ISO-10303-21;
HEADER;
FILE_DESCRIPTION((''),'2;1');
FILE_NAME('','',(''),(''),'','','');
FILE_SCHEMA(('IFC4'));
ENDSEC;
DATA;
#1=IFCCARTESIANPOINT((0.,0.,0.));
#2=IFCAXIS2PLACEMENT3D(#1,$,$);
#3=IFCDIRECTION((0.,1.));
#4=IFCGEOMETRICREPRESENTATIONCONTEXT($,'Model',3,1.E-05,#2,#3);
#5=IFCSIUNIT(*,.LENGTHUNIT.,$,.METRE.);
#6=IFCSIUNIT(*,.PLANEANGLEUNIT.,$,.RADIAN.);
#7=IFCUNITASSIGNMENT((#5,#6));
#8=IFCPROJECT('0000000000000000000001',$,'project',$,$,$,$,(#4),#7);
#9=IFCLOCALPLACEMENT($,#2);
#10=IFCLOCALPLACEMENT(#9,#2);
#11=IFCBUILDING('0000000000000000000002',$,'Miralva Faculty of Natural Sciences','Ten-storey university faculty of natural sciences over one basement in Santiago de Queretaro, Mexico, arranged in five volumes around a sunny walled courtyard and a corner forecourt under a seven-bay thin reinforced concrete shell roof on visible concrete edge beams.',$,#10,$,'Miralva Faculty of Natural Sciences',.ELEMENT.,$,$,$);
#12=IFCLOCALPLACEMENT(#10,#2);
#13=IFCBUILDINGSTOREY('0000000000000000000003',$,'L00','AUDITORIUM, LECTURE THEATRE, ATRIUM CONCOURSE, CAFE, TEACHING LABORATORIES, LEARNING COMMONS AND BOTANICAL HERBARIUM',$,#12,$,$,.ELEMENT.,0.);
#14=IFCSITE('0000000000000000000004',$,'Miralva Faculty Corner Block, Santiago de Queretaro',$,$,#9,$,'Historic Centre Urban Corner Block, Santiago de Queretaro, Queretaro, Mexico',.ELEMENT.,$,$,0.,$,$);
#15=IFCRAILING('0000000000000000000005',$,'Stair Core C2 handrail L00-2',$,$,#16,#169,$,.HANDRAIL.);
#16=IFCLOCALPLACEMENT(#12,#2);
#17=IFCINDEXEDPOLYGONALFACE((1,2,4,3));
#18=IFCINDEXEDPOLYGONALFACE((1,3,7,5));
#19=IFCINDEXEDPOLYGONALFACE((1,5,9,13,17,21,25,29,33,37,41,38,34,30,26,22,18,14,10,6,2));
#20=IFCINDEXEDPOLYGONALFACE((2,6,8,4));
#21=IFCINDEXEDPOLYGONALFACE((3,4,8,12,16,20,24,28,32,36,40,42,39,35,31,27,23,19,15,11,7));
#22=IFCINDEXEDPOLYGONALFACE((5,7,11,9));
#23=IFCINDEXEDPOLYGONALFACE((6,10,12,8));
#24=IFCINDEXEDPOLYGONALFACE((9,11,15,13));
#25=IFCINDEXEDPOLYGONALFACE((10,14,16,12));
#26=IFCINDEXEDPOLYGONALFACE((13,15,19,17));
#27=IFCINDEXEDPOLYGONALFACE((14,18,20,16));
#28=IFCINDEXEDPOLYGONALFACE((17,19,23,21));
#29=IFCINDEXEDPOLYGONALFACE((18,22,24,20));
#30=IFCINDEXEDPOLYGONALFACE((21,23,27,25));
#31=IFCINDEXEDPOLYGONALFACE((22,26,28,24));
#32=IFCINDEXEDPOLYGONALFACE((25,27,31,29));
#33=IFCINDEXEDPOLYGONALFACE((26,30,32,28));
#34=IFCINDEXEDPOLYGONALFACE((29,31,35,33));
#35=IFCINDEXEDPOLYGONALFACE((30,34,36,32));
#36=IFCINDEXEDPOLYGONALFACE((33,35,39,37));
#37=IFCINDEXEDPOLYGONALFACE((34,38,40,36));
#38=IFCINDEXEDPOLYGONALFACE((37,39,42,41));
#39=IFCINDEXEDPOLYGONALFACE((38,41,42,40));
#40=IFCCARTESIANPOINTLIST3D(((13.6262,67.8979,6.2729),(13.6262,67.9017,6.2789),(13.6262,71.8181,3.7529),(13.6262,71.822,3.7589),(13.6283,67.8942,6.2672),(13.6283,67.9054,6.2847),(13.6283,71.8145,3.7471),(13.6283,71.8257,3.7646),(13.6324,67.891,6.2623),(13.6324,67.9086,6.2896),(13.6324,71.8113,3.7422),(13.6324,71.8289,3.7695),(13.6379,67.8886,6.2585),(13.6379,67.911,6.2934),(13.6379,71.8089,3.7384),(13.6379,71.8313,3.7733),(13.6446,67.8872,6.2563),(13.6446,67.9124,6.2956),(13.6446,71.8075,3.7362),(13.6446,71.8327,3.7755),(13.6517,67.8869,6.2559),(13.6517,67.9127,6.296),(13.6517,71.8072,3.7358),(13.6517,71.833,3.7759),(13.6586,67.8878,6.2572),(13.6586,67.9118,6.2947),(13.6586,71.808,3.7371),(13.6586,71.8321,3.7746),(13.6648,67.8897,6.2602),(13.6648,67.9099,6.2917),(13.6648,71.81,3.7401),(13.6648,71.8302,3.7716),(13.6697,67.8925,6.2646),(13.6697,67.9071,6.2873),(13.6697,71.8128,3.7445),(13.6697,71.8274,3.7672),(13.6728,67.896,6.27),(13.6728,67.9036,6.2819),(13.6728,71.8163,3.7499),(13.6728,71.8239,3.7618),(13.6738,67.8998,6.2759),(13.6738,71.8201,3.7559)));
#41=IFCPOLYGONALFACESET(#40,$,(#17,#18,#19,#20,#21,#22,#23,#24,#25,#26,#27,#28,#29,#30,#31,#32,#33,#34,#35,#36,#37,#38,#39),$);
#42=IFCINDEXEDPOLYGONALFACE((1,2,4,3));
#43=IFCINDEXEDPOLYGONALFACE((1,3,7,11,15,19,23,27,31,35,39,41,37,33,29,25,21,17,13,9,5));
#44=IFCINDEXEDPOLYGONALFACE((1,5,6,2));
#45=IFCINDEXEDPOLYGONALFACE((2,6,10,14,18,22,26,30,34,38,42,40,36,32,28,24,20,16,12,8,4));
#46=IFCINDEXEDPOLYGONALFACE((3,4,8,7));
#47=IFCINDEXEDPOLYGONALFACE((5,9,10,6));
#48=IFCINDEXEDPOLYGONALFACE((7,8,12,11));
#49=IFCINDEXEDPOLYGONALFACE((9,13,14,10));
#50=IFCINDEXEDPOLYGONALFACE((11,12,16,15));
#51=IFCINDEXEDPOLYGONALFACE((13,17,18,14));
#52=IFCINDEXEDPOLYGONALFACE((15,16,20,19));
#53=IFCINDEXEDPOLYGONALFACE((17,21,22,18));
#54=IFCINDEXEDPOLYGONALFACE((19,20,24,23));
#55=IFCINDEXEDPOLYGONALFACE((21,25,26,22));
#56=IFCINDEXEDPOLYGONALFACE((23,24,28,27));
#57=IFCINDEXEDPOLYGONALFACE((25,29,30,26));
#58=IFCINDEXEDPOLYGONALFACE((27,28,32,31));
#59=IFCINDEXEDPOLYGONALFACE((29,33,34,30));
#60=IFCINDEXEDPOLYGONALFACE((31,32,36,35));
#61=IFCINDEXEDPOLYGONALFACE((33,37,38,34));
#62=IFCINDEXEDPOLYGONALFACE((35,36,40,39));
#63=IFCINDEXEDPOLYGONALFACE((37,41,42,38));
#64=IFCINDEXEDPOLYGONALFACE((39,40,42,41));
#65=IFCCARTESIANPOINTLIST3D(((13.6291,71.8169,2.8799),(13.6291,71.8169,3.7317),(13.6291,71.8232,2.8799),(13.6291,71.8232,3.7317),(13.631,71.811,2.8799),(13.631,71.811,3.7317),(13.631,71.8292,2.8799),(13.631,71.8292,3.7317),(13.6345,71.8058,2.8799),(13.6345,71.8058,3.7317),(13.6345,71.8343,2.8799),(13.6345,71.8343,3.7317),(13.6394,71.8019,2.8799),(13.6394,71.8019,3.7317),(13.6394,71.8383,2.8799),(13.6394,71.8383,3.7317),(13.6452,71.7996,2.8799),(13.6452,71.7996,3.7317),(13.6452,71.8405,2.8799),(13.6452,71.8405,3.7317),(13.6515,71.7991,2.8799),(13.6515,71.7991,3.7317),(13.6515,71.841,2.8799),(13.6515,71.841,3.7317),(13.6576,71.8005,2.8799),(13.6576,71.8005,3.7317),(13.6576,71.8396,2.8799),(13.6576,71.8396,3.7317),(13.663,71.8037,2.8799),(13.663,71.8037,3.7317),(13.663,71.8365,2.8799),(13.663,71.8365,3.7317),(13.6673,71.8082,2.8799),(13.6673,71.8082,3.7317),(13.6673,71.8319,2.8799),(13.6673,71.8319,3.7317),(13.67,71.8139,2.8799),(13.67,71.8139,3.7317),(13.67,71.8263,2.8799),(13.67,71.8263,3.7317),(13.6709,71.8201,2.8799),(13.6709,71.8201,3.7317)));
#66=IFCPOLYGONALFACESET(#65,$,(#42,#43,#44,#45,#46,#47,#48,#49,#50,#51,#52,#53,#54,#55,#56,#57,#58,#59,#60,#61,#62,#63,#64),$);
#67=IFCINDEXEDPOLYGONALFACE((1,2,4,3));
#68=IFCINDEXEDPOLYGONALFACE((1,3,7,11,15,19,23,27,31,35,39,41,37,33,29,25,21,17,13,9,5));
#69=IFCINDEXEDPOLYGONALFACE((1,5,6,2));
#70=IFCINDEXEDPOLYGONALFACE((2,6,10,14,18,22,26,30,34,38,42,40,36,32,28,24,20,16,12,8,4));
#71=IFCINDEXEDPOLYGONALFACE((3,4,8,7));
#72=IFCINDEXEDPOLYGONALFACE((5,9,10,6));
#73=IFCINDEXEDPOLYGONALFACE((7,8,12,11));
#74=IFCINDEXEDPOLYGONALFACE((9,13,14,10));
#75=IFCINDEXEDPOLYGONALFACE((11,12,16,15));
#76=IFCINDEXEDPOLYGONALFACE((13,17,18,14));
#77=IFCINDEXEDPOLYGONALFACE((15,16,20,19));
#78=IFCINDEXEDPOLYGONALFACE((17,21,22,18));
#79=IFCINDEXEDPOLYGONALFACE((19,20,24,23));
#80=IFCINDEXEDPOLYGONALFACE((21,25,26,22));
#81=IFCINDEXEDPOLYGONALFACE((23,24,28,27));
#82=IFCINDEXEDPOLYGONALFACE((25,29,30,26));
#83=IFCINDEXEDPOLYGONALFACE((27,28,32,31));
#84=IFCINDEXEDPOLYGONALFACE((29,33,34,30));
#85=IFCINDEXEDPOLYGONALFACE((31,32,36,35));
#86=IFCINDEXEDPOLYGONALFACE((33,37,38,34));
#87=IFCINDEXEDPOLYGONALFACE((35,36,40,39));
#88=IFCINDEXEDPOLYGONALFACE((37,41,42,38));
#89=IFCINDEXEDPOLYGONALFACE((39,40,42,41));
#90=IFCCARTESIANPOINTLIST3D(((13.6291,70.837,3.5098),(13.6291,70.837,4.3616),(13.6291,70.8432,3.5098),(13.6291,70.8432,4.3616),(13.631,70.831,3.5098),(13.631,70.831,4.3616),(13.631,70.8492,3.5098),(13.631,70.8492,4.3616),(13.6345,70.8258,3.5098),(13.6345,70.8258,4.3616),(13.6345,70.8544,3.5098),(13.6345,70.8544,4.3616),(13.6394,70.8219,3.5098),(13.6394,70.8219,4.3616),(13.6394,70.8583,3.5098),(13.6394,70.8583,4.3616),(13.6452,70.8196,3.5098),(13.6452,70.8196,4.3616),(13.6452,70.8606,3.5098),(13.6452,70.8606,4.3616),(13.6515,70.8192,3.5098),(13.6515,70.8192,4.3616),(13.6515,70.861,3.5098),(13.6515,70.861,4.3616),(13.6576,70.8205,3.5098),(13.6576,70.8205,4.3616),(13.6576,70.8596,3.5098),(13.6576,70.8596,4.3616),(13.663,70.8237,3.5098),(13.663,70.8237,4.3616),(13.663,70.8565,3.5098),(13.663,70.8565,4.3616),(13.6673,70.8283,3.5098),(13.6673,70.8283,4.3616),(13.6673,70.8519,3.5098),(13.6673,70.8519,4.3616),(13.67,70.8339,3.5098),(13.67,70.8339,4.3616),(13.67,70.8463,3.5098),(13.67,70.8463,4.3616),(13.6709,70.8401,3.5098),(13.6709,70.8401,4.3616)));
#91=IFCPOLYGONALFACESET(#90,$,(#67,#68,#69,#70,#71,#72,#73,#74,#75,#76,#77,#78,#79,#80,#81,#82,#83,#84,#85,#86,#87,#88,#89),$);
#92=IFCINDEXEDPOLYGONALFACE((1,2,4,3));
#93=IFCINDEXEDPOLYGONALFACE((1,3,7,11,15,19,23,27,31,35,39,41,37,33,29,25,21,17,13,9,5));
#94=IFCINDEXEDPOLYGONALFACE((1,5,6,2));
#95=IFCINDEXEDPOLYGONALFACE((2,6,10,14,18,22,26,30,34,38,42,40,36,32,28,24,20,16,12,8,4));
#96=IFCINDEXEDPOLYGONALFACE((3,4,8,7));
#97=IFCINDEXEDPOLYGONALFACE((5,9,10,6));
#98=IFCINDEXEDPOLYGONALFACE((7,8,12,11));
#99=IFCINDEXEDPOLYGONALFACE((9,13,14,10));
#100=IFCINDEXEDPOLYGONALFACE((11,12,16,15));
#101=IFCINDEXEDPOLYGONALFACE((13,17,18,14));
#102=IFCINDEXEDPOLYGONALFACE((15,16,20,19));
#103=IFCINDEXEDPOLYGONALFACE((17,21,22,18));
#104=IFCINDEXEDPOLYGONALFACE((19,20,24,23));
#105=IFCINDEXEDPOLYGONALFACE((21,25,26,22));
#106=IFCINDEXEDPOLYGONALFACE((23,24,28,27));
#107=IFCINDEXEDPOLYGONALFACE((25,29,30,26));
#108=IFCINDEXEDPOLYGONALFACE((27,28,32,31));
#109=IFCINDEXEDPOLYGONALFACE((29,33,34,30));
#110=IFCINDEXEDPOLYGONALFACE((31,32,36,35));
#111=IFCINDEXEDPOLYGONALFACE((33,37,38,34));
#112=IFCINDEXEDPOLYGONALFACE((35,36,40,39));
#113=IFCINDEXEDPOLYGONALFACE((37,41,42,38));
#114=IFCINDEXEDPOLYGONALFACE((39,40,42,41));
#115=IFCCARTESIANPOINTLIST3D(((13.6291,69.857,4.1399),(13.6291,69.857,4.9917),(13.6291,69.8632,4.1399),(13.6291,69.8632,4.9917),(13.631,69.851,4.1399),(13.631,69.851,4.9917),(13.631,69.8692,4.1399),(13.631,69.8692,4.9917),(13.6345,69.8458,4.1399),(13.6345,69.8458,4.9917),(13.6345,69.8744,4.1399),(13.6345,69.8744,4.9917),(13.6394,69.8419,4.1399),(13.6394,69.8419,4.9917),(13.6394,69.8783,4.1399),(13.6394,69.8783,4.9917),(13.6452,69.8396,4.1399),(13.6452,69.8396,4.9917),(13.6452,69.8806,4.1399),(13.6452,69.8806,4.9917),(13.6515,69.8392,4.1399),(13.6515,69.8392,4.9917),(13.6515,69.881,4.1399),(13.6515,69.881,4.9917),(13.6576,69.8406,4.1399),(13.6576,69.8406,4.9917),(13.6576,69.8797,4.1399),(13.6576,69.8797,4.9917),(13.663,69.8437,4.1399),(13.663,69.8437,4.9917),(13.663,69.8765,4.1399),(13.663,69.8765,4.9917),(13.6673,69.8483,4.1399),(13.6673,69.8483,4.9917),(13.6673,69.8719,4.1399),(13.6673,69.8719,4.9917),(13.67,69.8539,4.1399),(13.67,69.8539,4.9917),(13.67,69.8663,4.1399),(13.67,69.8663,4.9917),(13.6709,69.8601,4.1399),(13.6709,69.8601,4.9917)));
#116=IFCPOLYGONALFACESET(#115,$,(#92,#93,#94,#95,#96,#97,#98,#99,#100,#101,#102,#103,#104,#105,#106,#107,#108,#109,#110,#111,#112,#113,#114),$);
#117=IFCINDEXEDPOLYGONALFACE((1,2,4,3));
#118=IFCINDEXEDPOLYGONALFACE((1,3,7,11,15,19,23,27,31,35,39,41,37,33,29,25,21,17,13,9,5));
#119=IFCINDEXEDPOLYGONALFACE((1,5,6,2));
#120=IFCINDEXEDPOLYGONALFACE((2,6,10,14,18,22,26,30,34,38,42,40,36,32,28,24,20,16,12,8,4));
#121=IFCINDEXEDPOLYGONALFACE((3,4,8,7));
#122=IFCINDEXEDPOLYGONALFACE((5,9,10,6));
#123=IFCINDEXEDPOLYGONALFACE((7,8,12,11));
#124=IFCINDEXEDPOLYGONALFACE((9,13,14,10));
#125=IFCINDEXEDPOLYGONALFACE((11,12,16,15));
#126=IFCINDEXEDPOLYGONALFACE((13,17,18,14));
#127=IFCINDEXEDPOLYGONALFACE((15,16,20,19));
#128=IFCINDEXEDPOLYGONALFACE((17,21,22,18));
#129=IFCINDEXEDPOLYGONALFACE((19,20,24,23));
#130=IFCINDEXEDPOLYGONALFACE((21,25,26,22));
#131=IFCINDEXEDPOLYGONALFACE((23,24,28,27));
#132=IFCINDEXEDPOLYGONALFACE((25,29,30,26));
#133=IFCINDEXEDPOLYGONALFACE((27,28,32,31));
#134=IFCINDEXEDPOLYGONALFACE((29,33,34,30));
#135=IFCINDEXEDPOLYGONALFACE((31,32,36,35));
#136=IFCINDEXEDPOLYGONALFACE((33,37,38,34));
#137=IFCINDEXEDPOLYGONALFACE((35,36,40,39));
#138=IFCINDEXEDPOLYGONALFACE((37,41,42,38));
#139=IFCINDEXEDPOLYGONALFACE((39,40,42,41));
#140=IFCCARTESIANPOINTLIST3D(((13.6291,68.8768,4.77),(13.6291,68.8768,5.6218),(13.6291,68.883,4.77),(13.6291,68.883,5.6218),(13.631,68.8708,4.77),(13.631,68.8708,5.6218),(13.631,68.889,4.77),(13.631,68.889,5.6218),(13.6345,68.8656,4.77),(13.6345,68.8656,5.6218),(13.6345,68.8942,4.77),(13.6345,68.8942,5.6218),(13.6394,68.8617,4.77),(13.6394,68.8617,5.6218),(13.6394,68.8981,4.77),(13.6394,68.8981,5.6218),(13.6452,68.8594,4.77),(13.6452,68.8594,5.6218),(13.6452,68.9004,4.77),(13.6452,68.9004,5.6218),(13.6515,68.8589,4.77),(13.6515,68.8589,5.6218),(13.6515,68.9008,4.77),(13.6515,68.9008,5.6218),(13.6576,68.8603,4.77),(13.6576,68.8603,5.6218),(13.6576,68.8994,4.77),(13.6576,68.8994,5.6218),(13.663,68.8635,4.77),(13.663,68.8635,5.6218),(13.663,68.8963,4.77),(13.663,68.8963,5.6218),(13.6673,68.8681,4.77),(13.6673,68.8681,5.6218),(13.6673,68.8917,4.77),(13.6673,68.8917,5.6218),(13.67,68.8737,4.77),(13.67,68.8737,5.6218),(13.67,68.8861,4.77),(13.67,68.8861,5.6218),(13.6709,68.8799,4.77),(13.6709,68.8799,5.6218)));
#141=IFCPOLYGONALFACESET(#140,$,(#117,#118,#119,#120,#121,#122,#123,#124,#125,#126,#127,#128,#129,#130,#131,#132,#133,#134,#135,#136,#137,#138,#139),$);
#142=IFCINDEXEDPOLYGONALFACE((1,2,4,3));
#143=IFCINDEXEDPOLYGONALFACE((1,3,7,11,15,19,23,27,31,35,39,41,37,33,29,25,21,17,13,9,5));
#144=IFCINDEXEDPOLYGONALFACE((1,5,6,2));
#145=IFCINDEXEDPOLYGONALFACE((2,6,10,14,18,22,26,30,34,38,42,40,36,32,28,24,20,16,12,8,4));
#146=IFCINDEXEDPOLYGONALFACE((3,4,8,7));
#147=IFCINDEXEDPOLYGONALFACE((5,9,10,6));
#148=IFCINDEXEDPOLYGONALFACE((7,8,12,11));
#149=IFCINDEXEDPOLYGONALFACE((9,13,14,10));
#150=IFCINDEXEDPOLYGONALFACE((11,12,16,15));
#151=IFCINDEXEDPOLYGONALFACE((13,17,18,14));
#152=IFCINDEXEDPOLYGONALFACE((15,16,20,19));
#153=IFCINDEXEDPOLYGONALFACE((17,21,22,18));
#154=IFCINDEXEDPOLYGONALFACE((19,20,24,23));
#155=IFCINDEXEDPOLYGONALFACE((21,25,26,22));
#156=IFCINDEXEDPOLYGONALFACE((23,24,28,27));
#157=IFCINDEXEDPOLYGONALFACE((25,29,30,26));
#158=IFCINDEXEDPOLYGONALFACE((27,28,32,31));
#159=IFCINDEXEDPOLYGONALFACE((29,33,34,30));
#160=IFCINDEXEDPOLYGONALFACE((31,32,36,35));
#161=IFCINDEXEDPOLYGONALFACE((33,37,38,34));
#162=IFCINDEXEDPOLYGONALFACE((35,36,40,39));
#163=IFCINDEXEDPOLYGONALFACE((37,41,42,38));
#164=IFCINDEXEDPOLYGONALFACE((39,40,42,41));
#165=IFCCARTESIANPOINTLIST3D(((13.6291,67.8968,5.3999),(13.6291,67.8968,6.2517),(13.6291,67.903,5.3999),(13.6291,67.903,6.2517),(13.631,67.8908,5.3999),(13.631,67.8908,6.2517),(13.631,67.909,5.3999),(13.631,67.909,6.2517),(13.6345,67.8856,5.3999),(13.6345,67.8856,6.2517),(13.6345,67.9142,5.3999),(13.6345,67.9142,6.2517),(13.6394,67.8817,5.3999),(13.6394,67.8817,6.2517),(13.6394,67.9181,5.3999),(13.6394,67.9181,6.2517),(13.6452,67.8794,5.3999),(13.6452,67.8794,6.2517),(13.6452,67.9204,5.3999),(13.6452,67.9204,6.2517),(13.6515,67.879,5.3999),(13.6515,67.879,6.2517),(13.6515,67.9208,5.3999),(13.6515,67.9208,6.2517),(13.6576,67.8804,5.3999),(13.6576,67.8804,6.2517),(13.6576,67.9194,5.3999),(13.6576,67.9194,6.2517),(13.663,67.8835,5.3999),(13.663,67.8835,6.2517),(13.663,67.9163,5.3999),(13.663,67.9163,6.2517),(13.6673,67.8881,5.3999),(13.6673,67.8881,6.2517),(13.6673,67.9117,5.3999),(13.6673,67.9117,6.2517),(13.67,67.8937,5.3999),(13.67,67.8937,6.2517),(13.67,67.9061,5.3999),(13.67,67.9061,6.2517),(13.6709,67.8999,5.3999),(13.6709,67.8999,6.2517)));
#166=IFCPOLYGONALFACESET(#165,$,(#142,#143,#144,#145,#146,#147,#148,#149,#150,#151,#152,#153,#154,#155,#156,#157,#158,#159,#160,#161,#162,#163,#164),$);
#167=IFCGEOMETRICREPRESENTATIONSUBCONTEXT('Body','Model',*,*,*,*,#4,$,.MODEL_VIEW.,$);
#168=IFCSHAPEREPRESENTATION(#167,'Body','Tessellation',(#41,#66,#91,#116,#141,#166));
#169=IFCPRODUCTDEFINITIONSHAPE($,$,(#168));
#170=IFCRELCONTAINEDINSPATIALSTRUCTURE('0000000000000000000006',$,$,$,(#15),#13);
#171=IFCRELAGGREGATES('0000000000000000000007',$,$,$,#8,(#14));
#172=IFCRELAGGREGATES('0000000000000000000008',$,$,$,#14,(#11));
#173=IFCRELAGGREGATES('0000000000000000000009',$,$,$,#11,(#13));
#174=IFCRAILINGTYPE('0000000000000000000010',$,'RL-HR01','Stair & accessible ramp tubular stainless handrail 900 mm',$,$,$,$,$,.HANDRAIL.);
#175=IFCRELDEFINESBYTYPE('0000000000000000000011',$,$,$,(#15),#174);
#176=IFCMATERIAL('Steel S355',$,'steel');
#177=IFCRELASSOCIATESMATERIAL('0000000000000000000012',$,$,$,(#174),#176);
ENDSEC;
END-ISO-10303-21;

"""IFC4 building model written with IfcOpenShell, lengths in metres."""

from ifc_helpers import new_model, si_unit, direction, frame, origin, origin_2d, place, context, subcontext, project, spatial, circle, extrude, material, type_object, element, save


model = new_model("IFC4")

# Units and contexts
model_context = context("Model", 3, precision=1e-05, world=origin(), true_north=direction((0.0, 1.0)))
body_context = subcontext(model_context, "Body", "Model", "MODEL_VIEW")
ifc_project = project(units=[si_unit("LENGTHUNIT", "METRE"), si_unit("PLANEANGLEUNIT", "RADIAN")], contexts=[model_context])

# Site, building, storey
site_placement = place(None, origin())
site = spatial("IfcSite", under=ifc_project, at=site_placement, Name="Miralva Faculty Corner Block, Santiago de Queretaro", LongName="Historic Centre Urban Corner Block, Santiago de Queretaro, Queretaro, Mexico", CompositionType="ELEMENT", RefElevation=0.0)
building_placement = place(site_placement, origin())
building = spatial("IfcBuilding", under=site, at=building_placement, Name="Miralva Faculty of Natural Sciences", Description="Ten-storey university faculty of natural sciences over one basement in Santiago de Queretaro, Mexico, arranged in five volumes around a sunny walled courtyard and a corner forecourt under a seven-bay thin reinforced concrete shell roof on visible concrete edge beams.", LongName="Miralva Faculty of Natural Sciences", CompositionType="ELEMENT")
storey_placement = place(building_placement, origin())
storey = spatial("IfcBuildingStorey", under=building, at=storey_placement, Name="L00", Description="AUDITORIUM, LECTURE THEATRE, ATRIUM CONCOURSE, CAFE, TEACHING LABORATORIES, LEARNING COMMONS AND BOTANICAL HERBARIUM", CompositionType="ELEMENT", Elevation=0.0)

# Railing
ifc_material_1 = material(Name="Steel S355", Category="steel")
railing_type_1 = type_object("IfcRailingType", Name="RL-HR01", Description="Stair & accessible ramp tubular stainless handrail 900 mm", PredefinedType="HANDRAIL", material=ifc_material_1)
railing_1_placement = place(storey_placement, frame((13.6499, 71.8201, 2.8799)))
element("IfcRailing", 1, at=railing_1_placement, inside=storey, type_object=railing_type_1, Name="Stair Core C2 handrail L00-2", PredefinedType="HANDRAIL", context=body_context, shape_type="SweptSolid", body=[
    extrude(circle(Radius=0.0239, at=origin_2d()), frame((0.0, 0.0, 0.876), z_axis=(0.0, -0.841187, 0.540744), x_axis=(1.0, 0.0, 0.0)), (0.0, 0.0, 1.0), 4.6604),
    extrude(circle(Radius=0.021, at=origin_2d()), origin(), (0.0, 0.0, 1.0), 0.8518),
    extrude(circle(Radius=0.021, at=origin_2d()), frame((0.0, -0.98, 0.6299)), (0.0, 0.0, 1.0), 0.8518),
    extrude(circle(Radius=0.021, at=origin_2d()), frame((0.0, -1.96, 1.26)), (0.0, 0.0, 1.0), 0.8518),
    extrude(circle(Radius=0.021, at=origin_2d()), frame((0.0, -2.9402, 1.8901)), (0.0, 0.0, 1.0), 0.8518),
    extrude(circle(Radius=0.021, at=origin_2d()), frame((0.0, -3.9202, 2.52)), (0.0, 0.0, 1.0), 0.8518),
])

save(model, "model.ifc")
